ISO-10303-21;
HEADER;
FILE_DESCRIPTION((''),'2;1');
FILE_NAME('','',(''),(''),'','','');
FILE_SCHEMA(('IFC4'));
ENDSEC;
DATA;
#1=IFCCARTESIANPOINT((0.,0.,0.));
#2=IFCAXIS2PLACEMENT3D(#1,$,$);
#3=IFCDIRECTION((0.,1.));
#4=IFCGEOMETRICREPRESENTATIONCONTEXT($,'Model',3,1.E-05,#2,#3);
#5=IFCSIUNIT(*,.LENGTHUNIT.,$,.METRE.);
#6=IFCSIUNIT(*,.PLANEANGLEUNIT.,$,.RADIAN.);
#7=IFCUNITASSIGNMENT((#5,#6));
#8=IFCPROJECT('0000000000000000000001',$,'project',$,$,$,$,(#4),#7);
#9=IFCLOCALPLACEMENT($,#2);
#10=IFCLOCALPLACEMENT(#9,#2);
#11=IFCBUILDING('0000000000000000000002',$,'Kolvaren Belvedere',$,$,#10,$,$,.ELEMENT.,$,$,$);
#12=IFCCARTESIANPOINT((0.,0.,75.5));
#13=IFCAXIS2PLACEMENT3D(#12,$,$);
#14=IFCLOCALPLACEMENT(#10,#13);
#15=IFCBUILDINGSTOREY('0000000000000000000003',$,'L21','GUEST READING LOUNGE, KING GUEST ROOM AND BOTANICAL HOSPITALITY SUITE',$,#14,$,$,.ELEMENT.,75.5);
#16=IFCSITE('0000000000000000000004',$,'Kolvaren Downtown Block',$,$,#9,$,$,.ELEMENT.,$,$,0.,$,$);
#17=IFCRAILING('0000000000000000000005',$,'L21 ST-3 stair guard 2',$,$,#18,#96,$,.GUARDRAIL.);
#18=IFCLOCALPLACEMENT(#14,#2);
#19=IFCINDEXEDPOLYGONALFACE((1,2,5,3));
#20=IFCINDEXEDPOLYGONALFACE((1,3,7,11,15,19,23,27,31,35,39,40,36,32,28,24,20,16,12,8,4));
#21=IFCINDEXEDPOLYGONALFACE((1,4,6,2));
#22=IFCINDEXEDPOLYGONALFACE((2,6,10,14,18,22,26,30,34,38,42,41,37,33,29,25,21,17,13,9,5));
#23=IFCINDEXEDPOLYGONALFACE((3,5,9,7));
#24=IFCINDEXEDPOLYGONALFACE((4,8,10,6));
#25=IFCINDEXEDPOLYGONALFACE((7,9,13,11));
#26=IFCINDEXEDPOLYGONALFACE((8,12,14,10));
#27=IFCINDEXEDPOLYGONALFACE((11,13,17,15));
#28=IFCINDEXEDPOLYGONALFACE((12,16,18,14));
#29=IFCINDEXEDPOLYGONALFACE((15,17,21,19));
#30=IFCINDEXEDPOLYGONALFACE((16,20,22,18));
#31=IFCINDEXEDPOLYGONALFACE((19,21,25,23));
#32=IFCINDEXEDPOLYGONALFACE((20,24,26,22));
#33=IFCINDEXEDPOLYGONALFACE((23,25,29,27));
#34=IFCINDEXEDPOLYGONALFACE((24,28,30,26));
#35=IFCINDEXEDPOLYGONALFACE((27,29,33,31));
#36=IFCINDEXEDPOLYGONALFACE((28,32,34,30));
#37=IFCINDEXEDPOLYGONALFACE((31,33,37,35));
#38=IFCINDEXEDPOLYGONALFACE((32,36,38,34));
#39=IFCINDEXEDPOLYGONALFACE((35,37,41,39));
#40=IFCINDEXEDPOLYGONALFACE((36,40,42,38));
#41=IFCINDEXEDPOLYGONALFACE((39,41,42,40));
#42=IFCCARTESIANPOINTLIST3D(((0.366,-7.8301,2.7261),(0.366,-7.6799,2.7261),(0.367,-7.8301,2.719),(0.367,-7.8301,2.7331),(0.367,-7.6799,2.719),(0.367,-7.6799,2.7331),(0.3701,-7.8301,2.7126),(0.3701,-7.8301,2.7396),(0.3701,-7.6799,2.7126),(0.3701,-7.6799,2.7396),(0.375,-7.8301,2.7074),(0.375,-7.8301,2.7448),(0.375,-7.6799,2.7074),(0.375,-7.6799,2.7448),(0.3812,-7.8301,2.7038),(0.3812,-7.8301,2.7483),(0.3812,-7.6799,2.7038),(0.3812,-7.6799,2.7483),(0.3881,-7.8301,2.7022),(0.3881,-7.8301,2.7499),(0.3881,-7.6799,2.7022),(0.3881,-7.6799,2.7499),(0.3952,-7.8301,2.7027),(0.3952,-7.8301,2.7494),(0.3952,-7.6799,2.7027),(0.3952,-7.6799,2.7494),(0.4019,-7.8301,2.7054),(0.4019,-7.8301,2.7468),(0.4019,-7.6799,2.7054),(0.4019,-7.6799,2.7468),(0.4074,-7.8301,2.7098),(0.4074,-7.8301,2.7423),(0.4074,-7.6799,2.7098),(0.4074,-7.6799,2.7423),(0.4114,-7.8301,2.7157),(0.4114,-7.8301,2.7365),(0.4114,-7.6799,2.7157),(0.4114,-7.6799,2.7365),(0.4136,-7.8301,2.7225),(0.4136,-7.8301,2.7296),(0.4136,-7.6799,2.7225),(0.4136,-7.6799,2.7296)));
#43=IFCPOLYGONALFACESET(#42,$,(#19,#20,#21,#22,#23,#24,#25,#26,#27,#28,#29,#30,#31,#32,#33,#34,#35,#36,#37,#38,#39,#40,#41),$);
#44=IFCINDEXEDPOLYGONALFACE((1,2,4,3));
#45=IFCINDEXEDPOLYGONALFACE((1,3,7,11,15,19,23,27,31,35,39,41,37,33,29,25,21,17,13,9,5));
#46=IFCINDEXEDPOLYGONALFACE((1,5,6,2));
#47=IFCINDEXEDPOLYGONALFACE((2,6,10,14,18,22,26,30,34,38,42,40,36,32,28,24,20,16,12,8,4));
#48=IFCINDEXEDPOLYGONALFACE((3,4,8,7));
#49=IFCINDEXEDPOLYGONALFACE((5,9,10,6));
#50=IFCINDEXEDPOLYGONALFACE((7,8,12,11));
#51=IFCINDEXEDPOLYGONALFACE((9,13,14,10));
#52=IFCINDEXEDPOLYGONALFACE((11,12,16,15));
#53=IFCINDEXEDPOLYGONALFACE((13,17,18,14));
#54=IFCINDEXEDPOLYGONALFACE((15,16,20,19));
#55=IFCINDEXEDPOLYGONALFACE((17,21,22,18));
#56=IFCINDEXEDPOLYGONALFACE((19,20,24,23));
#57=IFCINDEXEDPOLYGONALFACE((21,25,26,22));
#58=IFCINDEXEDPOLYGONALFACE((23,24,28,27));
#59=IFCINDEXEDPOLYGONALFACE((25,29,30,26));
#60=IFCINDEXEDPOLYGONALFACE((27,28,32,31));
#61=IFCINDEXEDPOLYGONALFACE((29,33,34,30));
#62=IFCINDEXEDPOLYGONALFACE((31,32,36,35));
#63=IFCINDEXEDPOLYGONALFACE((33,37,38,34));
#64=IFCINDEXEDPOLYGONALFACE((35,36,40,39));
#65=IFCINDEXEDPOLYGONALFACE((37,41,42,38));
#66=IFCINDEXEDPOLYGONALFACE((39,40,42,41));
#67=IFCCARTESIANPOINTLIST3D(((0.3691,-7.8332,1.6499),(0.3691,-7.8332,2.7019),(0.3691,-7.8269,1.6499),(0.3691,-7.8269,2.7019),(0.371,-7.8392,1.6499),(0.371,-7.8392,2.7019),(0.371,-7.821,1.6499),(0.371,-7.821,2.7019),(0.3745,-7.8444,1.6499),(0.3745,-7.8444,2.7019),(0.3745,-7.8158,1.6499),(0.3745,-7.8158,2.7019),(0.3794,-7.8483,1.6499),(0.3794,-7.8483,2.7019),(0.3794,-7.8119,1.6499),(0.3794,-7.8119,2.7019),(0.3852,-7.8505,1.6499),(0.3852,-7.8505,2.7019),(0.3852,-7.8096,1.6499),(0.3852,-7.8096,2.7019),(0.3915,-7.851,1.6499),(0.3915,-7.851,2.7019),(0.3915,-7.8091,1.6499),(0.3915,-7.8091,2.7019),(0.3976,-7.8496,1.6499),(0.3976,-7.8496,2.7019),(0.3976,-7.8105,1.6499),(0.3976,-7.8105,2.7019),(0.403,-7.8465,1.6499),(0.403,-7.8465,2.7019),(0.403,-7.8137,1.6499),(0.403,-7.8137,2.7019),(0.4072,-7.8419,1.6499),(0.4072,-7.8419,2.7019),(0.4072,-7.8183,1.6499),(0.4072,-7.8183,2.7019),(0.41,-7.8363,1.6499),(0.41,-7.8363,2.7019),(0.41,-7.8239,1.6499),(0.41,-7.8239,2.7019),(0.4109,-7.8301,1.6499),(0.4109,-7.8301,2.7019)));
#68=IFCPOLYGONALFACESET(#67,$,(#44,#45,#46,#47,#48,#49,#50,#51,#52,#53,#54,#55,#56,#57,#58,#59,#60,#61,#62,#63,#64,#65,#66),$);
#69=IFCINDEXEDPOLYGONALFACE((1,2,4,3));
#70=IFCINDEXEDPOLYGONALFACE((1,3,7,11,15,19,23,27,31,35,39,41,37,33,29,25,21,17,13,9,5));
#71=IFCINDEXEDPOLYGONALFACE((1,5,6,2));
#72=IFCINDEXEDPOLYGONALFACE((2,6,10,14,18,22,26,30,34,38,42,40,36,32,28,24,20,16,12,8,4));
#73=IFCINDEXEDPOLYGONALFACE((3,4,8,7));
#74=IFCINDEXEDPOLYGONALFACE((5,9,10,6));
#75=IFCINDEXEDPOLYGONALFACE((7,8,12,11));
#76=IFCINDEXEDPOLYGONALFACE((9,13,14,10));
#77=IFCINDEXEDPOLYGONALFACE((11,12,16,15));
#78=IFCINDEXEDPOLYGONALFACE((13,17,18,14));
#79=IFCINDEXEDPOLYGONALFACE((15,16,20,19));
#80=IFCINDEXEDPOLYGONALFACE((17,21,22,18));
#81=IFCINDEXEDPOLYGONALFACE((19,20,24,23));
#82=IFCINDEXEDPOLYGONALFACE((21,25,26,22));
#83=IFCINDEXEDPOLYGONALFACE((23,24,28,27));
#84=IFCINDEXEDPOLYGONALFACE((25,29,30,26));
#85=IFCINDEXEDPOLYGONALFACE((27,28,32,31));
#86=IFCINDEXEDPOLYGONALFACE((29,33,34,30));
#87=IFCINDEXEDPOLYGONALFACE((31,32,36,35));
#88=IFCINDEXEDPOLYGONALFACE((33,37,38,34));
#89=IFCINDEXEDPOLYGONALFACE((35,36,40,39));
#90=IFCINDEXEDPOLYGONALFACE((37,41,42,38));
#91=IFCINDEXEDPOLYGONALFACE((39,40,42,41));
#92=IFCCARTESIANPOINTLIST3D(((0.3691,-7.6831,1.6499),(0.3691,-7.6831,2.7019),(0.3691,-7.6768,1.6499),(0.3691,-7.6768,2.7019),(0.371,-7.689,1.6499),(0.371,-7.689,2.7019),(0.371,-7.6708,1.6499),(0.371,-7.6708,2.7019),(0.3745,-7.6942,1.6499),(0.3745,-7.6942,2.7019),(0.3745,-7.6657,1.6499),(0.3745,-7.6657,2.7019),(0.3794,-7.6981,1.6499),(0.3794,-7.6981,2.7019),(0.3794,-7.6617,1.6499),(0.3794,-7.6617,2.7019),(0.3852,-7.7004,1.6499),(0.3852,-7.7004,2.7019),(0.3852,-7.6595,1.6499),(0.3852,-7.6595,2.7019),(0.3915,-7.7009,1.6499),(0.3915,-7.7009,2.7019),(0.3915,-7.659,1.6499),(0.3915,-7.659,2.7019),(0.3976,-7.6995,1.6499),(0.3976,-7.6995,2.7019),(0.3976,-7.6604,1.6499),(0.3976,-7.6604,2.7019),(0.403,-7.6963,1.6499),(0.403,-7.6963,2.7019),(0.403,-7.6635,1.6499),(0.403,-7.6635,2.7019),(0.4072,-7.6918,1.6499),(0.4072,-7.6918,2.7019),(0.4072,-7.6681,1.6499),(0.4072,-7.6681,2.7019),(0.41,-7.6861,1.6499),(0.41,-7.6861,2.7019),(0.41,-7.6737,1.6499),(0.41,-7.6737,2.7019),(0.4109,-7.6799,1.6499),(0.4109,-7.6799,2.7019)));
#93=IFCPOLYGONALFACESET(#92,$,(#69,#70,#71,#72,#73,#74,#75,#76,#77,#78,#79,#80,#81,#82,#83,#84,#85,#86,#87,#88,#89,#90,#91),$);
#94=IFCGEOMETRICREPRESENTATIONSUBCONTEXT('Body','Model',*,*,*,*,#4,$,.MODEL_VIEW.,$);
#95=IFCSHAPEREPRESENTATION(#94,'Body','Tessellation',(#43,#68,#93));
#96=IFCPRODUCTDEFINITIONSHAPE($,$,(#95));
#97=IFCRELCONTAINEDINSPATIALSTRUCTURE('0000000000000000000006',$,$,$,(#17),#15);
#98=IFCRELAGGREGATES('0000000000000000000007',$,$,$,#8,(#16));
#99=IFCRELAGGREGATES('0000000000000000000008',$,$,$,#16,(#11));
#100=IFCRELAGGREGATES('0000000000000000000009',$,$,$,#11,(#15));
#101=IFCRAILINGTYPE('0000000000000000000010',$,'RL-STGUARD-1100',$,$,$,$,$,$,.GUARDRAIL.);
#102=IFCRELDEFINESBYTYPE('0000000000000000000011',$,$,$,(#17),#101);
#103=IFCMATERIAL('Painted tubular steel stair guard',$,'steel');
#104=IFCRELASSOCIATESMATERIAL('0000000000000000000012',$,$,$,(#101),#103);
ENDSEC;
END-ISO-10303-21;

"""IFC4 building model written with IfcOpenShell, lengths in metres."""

from ifc_helpers import new_model, si_unit, direction, frame, origin, origin_2d, place, context, subcontext, project, spatial, circle, extrude, material, type_object, element, save


model = new_model("IFC4")

# Units and contexts
model_context = context("Model", 3, precision=1e-05, world=origin(), true_north=direction((0.0, 1.0)))
body_context = subcontext(model_context, "Body", "Model", "MODEL_VIEW")
ifc_project = project(units=[si_unit("LENGTHUNIT", "METRE"), si_unit("PLANEANGLEUNIT", "RADIAN")], contexts=[model_context])

# Site, building, storey
site_placement = place(None, origin())
site = spatial("IfcSite", under=ifc_project, at=site_placement, Name="Kolvaren Downtown Block", CompositionType="ELEMENT", RefElevation=0.0)
building_placement = place(site_placement, origin())
building = spatial("IfcBuilding", under=site, at=building_placement, Name="Kolvaren Belvedere", CompositionType="ELEMENT")
storey_placement = place(building_placement, frame((0.0, 0.0, 75.5)))
storey = spatial("IfcBuildingStorey", under=building, at=storey_placement, Name="L21", Description="GUEST READING LOUNGE, KING GUEST ROOM AND BOTANICAL HOSPITALITY SUITE", CompositionType="ELEMENT", Elevation=75.5)

# Railing
ifc_material_1 = material(Name="Painted tubular steel stair guard", Category="steel")
railing_type_1 = type_object("IfcRailingType", Name="RL-STGUARD-1100", PredefinedType="GUARDRAIL", material=ifc_material_1)
railing_1_placement = place(storey_placement, frame((0.3899, -7.8301, 1.6499)))
element("IfcRailing", 1, at=railing_1_placement, inside=storey, type_object=railing_type_1, Name="L21 ST-3 stair guard 2", PredefinedType="GUARDRAIL", context=body_context, shape_type="SweptSolid", body=[
    extrude(circle(Radius=0.0239, at=origin_2d()), frame((0.0, 0.0, 1.0762), z_axis=(0.0, 1.0, 0.0), x_axis=(-1.0, 0.0, 0.0)), (0.0, 0.0, 1.0), 0.1501),
    extrude(circle(Radius=0.021, at=origin_2d()), origin(), (0.0, 0.0, 1.0), 1.052),
    extrude(circle(Radius=0.021, at=origin_2d()), frame((0.0, 0.1501, 0.0)), (0.0, 0.0, 1.0), 1.052),
])

save(model, "model.ifc")
